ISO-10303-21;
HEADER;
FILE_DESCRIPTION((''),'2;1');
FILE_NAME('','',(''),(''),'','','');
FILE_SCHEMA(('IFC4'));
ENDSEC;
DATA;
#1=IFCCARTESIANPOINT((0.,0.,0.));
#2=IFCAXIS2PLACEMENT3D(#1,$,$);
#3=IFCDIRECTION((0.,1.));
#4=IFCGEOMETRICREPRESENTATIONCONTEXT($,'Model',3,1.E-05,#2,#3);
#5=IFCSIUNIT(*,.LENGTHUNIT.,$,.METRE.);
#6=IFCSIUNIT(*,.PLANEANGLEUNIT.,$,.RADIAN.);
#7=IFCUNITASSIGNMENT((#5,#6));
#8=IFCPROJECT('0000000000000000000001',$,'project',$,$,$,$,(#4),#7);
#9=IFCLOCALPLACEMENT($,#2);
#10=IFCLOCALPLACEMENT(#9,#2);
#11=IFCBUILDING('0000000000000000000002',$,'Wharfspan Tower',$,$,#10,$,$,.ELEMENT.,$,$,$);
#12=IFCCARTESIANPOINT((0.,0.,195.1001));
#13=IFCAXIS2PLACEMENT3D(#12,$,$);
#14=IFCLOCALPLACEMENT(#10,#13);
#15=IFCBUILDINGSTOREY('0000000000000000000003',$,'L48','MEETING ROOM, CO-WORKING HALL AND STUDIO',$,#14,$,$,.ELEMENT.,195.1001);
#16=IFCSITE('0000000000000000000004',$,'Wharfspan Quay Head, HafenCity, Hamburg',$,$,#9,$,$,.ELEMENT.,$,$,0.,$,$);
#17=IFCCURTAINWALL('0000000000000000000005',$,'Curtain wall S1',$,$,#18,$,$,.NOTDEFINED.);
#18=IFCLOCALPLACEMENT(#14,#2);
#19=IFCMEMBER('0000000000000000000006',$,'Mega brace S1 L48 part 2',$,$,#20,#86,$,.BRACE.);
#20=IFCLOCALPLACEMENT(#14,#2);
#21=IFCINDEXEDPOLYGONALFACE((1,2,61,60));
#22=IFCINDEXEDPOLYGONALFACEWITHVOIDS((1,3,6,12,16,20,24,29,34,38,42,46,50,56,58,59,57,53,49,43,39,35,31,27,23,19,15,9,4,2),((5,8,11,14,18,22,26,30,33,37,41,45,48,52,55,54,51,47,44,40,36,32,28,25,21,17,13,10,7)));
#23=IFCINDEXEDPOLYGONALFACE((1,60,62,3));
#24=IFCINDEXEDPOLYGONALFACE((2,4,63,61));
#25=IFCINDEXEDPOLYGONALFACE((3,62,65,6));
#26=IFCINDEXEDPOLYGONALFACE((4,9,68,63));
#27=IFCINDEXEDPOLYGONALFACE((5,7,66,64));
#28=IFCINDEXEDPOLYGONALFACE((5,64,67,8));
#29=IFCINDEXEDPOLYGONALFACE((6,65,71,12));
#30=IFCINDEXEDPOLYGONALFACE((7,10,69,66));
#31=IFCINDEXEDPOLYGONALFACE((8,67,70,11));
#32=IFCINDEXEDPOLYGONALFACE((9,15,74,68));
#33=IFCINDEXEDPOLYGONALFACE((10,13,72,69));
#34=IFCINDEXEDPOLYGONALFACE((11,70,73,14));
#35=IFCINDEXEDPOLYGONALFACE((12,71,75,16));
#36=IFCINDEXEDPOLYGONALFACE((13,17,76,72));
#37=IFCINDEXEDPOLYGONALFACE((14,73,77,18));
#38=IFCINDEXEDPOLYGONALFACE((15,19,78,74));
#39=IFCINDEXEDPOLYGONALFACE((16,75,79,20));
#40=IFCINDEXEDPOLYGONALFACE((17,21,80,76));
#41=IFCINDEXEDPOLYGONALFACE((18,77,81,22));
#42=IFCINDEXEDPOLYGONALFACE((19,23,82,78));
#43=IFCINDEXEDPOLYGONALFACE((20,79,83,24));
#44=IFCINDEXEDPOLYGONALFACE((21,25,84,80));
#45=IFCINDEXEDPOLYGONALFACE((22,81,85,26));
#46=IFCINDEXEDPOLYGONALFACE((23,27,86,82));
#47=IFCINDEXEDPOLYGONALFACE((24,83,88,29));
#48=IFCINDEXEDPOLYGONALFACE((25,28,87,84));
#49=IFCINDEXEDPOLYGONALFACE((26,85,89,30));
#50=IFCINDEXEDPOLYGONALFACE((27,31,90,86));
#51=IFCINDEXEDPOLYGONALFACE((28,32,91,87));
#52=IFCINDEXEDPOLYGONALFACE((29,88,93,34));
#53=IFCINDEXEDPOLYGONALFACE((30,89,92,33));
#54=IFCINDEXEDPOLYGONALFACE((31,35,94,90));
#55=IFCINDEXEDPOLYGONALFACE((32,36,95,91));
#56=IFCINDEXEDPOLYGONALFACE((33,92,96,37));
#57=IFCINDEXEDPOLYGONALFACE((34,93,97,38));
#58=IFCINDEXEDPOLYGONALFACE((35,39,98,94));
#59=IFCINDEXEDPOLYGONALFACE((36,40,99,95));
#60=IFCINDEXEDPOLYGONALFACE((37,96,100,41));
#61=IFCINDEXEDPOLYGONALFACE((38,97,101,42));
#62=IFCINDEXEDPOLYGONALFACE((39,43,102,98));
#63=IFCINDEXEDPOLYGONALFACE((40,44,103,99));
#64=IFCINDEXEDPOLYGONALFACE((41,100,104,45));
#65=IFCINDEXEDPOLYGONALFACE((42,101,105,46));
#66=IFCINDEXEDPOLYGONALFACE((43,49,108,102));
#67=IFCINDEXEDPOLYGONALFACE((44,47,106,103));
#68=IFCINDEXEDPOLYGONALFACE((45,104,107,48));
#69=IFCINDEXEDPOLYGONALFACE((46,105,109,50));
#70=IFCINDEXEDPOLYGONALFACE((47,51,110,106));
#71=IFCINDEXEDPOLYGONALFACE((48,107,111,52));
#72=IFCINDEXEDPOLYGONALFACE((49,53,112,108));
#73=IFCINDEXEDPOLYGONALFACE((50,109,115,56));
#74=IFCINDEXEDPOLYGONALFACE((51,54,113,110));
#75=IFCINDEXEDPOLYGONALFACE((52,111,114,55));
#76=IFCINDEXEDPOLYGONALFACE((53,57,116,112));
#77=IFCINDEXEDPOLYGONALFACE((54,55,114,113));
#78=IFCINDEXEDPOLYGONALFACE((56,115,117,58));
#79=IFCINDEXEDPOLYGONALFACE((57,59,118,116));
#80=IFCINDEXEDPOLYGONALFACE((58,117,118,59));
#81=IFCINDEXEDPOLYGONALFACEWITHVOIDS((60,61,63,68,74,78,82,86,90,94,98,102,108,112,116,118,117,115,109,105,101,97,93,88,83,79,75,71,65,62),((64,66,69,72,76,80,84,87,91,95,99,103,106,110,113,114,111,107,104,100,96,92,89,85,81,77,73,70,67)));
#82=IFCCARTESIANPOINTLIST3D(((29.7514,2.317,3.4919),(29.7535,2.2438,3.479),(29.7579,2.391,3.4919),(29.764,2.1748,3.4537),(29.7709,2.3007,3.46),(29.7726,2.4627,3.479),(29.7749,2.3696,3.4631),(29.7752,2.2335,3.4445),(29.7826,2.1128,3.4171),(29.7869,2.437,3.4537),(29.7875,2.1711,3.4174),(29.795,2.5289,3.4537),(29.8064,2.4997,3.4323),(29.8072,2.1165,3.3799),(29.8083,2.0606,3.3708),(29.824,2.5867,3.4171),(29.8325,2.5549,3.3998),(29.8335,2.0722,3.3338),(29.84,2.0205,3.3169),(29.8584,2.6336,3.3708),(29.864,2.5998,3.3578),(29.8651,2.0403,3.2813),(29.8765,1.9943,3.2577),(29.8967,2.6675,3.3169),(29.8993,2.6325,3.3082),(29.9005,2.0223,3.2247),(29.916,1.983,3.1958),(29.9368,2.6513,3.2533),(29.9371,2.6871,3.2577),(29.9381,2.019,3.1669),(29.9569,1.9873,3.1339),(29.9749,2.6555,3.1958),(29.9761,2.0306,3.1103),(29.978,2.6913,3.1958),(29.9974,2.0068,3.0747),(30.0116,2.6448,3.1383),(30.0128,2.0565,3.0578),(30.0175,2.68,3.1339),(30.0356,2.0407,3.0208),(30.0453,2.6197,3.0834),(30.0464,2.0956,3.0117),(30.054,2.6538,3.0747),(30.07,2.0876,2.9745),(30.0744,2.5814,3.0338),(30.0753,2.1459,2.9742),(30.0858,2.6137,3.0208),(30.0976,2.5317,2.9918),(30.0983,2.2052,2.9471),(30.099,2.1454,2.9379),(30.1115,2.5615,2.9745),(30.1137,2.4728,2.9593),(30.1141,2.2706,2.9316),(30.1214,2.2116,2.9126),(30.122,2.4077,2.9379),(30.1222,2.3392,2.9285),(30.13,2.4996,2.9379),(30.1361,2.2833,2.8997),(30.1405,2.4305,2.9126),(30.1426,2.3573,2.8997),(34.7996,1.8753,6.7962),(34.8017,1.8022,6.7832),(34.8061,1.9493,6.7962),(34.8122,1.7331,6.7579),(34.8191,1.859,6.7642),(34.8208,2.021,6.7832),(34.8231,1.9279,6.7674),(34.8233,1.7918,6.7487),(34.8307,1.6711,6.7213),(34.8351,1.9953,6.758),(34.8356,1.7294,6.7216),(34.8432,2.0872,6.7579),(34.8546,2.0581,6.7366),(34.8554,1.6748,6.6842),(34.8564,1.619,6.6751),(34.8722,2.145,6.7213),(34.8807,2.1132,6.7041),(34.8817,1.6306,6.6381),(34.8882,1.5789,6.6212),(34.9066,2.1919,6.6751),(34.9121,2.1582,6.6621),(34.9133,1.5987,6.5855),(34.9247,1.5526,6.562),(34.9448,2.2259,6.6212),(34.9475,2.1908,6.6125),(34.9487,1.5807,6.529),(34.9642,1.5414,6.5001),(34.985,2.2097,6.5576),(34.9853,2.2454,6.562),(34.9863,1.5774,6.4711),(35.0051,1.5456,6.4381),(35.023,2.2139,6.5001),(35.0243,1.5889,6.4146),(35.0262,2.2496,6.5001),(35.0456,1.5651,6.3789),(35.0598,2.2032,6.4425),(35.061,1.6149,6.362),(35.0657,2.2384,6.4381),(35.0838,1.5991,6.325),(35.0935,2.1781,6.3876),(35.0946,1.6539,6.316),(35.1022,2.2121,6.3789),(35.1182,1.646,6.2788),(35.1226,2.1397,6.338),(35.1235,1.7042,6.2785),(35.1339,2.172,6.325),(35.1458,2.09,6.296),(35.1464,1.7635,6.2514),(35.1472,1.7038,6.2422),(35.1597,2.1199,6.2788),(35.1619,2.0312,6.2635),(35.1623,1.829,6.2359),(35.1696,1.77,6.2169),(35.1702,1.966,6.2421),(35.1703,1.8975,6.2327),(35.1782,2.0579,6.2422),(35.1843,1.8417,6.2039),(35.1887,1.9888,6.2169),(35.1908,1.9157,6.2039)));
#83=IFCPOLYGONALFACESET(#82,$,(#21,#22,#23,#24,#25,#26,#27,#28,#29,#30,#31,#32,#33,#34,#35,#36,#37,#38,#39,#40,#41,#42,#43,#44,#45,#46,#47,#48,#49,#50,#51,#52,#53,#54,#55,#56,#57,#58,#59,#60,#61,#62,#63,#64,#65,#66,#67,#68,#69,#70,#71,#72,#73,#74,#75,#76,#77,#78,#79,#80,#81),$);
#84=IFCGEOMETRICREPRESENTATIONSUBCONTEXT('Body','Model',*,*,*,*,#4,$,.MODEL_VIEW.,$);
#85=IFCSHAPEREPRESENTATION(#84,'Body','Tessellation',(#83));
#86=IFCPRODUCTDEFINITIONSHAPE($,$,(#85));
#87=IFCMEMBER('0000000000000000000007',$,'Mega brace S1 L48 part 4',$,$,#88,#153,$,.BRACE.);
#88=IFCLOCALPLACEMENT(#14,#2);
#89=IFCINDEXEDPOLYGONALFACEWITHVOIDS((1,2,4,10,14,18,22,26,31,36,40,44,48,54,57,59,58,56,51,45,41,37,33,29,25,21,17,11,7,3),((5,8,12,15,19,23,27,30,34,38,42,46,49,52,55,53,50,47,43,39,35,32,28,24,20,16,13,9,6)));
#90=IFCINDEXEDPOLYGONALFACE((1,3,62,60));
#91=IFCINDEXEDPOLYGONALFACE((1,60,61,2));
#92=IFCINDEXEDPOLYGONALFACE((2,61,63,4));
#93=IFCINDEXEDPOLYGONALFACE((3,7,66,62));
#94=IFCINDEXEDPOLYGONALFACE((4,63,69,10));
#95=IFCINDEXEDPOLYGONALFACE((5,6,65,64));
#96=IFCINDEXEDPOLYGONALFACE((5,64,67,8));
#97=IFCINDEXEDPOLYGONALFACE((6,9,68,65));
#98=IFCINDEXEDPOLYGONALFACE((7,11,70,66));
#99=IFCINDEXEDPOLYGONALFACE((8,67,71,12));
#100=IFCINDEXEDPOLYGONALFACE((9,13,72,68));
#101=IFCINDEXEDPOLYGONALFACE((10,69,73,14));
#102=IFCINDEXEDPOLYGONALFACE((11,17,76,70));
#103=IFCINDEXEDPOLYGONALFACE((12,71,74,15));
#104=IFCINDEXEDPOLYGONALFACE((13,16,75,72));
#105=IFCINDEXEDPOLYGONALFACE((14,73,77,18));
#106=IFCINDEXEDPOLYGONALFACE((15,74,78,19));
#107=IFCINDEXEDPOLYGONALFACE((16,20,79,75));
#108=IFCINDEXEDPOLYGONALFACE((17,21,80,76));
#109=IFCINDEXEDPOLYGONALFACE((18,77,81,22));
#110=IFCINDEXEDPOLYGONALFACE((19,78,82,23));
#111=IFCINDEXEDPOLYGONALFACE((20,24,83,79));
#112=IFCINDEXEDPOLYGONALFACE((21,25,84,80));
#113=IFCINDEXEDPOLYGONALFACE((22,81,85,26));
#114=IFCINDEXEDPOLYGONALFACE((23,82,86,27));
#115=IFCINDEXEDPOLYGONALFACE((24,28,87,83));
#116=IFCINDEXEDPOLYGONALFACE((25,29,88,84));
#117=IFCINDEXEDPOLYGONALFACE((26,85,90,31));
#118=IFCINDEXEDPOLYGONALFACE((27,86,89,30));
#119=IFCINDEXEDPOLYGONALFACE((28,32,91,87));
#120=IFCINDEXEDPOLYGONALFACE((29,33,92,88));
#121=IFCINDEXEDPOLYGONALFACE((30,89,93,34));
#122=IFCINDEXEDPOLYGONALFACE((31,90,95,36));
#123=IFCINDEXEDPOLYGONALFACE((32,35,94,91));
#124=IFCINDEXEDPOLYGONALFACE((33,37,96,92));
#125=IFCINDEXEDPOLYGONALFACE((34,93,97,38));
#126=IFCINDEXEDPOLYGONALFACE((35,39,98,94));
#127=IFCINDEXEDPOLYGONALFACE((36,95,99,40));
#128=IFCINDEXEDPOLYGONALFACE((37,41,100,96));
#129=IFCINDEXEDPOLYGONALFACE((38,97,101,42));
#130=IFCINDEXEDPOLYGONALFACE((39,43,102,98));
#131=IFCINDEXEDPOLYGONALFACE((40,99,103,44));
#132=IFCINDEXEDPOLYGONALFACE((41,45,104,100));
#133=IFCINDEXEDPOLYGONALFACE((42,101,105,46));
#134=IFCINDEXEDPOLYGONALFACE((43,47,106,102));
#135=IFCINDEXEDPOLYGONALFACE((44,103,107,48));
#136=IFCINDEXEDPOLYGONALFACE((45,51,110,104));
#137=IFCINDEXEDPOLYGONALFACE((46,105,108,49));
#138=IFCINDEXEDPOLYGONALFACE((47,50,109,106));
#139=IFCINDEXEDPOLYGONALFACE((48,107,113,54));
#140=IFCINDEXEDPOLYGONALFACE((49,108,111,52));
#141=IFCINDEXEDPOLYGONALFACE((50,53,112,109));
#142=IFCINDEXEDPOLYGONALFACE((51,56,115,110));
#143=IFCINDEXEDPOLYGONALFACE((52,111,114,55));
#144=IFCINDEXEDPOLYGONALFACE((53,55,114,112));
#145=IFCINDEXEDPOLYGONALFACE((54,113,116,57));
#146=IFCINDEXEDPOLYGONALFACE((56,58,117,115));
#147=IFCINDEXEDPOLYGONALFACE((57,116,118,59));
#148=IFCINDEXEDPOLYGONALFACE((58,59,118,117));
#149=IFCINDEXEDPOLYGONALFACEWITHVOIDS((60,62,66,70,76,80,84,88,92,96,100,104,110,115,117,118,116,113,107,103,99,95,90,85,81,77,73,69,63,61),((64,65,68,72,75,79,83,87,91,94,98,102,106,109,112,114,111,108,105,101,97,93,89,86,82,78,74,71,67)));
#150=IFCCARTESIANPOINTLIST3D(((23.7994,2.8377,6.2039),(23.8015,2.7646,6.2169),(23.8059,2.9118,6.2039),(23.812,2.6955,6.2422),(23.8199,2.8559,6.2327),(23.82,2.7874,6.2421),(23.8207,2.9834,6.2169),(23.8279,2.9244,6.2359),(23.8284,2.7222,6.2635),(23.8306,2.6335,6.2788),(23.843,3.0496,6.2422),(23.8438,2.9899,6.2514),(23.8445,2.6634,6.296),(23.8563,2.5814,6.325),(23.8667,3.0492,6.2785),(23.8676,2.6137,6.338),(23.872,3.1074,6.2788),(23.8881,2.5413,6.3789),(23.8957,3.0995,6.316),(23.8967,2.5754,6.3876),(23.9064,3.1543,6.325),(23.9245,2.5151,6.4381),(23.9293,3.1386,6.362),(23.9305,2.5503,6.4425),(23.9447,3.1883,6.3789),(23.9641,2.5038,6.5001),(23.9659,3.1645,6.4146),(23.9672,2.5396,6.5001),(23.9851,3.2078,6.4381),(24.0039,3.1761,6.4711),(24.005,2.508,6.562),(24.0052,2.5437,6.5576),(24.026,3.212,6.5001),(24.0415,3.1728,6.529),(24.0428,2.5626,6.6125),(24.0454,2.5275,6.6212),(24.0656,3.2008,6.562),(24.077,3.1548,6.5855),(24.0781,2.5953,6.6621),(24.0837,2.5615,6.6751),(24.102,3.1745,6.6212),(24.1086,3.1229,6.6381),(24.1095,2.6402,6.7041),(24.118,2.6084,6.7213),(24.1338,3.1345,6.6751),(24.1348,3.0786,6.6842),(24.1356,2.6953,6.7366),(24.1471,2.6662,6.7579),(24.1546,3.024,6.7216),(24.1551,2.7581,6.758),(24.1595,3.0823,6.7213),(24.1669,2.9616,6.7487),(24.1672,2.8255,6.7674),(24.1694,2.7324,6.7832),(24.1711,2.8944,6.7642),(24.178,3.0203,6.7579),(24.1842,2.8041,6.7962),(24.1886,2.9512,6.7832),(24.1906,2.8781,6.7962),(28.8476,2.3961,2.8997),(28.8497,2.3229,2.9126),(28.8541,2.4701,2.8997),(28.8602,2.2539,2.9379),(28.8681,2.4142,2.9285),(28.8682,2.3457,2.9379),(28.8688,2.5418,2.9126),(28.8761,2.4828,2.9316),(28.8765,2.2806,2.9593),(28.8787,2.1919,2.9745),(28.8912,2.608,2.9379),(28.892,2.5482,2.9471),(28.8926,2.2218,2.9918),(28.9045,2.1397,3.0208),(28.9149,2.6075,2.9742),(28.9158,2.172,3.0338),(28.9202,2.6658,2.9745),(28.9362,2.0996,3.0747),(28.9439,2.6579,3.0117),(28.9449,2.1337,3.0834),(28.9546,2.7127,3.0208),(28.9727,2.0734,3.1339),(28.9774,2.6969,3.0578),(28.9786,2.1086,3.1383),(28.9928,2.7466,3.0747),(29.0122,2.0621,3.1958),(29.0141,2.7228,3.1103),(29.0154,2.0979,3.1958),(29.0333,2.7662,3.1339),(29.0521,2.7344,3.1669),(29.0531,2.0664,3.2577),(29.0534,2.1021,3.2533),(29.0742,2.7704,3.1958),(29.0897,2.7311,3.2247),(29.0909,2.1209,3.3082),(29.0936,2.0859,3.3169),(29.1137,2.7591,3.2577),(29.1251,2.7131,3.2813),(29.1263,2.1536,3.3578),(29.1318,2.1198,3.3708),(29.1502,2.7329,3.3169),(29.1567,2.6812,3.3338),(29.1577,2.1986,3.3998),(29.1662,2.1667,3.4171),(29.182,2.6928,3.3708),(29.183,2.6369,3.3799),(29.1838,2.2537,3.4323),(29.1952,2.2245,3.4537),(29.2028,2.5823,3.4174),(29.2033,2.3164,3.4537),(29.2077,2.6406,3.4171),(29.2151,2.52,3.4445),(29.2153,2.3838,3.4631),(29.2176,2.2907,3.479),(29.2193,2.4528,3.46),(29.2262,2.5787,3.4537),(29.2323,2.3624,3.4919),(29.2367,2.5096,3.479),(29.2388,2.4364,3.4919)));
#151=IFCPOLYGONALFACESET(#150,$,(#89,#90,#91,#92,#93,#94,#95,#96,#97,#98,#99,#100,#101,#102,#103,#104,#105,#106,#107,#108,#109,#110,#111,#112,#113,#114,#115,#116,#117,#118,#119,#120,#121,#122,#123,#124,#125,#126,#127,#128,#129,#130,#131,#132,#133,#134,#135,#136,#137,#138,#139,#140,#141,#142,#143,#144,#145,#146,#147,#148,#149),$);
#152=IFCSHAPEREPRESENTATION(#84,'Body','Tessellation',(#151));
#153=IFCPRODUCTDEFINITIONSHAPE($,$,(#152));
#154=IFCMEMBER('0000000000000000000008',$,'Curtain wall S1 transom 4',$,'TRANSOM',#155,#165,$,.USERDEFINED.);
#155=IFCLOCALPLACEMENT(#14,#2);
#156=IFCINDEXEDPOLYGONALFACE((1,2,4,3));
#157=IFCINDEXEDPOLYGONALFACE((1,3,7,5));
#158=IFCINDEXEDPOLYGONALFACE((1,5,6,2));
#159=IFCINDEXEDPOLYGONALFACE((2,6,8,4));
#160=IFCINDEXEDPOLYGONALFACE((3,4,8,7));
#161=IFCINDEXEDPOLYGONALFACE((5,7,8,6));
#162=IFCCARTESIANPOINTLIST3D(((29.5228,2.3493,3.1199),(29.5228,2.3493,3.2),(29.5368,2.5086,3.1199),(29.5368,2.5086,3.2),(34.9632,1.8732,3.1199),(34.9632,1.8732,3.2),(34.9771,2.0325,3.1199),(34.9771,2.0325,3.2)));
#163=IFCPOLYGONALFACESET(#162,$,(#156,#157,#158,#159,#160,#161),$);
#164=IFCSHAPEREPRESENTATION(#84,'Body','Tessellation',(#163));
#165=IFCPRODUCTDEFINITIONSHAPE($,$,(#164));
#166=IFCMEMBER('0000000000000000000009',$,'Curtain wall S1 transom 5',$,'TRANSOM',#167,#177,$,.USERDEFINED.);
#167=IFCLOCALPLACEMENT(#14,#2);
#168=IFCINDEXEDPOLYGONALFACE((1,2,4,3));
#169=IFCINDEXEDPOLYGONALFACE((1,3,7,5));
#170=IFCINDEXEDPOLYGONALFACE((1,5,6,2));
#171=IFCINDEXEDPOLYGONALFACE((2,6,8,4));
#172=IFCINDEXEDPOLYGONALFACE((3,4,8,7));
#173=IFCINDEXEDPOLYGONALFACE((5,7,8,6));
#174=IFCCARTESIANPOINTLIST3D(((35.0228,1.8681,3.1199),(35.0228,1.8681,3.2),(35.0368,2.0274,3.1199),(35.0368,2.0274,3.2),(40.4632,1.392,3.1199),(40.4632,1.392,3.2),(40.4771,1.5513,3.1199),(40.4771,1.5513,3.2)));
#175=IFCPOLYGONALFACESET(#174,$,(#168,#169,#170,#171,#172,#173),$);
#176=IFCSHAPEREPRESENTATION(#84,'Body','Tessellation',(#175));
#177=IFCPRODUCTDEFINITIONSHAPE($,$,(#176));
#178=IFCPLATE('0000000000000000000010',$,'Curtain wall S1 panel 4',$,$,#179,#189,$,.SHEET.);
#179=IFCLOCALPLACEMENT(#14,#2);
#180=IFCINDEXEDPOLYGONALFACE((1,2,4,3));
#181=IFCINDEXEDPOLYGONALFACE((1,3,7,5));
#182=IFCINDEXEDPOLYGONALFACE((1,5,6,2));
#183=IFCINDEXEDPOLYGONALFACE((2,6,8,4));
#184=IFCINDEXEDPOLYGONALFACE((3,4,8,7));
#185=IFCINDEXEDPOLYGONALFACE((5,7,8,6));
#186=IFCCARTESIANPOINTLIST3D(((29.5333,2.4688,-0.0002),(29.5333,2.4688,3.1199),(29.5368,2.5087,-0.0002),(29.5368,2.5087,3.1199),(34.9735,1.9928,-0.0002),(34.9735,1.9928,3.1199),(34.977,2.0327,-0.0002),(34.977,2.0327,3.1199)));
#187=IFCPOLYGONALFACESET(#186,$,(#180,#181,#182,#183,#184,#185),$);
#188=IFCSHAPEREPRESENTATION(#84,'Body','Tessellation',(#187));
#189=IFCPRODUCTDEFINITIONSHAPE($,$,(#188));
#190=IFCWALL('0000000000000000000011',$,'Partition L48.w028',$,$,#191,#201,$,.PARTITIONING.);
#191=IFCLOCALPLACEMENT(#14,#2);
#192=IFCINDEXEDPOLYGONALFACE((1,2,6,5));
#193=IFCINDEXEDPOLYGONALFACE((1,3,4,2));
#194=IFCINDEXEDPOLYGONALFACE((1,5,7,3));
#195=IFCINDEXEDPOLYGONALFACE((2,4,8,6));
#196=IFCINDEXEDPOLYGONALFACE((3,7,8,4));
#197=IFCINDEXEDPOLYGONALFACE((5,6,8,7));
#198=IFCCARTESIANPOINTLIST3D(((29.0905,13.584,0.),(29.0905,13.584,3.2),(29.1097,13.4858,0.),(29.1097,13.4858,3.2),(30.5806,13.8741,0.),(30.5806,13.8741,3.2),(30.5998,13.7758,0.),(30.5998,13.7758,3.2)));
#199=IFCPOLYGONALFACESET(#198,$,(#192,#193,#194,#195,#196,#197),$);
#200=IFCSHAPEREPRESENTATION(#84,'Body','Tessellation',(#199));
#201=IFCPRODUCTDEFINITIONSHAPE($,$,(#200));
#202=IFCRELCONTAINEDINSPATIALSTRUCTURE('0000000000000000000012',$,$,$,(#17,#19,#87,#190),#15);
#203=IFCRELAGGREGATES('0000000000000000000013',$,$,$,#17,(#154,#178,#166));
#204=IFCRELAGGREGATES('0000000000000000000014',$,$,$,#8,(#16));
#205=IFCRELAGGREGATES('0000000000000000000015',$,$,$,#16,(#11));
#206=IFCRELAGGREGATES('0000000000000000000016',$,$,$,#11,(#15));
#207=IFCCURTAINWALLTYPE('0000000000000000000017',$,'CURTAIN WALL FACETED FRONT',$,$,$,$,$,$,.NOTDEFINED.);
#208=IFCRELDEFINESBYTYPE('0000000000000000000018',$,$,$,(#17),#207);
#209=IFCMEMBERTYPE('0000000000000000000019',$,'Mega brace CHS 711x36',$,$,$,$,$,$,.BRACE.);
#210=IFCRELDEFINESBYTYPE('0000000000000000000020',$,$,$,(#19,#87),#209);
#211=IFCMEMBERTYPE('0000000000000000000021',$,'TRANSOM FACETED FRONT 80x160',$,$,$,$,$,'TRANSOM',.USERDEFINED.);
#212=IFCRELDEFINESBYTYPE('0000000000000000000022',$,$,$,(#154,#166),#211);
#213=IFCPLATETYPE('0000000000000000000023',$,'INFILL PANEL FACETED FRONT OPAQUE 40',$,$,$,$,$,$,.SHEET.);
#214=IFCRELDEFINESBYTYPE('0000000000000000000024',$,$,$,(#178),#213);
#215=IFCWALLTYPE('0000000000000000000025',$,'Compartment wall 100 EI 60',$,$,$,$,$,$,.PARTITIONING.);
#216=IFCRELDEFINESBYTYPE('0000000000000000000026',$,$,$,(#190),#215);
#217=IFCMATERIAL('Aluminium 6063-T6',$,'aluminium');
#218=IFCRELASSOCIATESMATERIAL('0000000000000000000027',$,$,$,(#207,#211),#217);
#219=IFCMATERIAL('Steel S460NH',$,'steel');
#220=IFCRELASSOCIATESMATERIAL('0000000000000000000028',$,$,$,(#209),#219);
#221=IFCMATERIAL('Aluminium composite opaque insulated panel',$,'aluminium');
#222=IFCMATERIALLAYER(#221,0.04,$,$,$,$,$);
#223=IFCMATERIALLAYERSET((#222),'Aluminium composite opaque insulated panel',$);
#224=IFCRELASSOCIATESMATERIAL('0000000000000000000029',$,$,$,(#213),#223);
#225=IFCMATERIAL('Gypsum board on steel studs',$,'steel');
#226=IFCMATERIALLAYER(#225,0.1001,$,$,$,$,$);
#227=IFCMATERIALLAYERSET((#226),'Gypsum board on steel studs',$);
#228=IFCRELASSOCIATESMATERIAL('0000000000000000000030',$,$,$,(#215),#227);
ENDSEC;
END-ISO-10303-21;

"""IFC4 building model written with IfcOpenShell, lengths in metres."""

from ifc_helpers import new_model, si_unit, direction, frame, frame_2d, origin, origin_2d, place, context, subcontext, project, spatial, rectangle, hollow_circle, extrude, material, layer, layer_set, material_profile, profile_set, type_object, element, aggregate, save


model = new_model("IFC4")

# Units and contexts
model_context = context("Model", 3, precision=1e-05, world=origin(), true_north=direction((0.0, 1.0)))
body_context = subcontext(model_context, "Body", "Model", "MODEL_VIEW")
ifc_project = project(units=[si_unit("LENGTHUNIT", "METRE"), si_unit("PLANEANGLEUNIT", "RADIAN")], contexts=[model_context])

# Site, building, storey
site_placement = place(None, origin())
site = spatial("IfcSite", under=ifc_project, at=site_placement, Name="Wharfspan Quay Head, HafenCity, Hamburg", CompositionType="ELEMENT", RefElevation=0.0)
building_placement = place(site_placement, origin())
building = spatial("IfcBuilding", under=site, at=building_placement, Name="Wharfspan Tower", CompositionType="ELEMENT")
storey_placement = place(building_placement, frame((0.0, 0.0, 195.1001)))
storey = spatial("IfcBuildingStorey", under=building, at=storey_placement, Name="L48", Description="MEETING ROOM, CO-WORKING HALL AND STUDIO", CompositionType="ELEMENT", Elevation=195.1001)

# Curtain wall
ifc_material_1 = material(Name="Aluminium 6063-T6", Category="aluminium")
curtain_wall_type = type_object("IfcCurtainWallType", Name="CURTAIN WALL FACETED FRONT", PredefinedType="NOTDEFINED", material=ifc_material_1)
curtain_wall_placement = place(storey_placement, origin())
curtain_wall = element("IfcCurtainWall", 1, at=curtain_wall_placement, inside=storey, type_object=curtain_wall_type, Name="Curtain wall S1", PredefinedType="NOTDEFINED")

# Members
ifc_material_2 = material(Name="Steel S460NH", Category="steel")
ifc_material_profile_1 = material_profile(ifc_material_2, hollow_circle(Radius=0.3555, WallThickness=0.0359, at=origin_2d()))
ifc_profile_set_1 = profile_set([ifc_material_profile_1], Name="Steel S460NH")
member_type_1 = type_object("IfcMemberType", Name="Mega brace CHS 711x36", PredefinedType="BRACE", material=ifc_profile_set_1)
for number, where, z_axis, x_axis, name in (
    (2, (29.947, 2.3372, 3.1958), (0.834469, -0.073006, 0.546197), (0.087156, 0.996198, -0.000001), "Mega brace S1 L48 part 2"),
    (3, (29.0432, 2.4163, 3.1958), (-0.834469, 0.073006, 0.546197), (-0.087156, -0.996198, -0.000001), "Mega brace S1 L48 part 4"),
):
    element("IfcMember", number, at=place(storey_placement, frame(where, z_axis=z_axis, x_axis=x_axis)), inside=storey, type_object=member_type_1, Name=name, PredefinedType="BRACE", context=body_context, shape_type="SweptSolid", body=[
        extrude(hollow_circle(Radius=0.3555, WallThickness=0.0359, at=origin_2d()), origin(), (0.0, 0.0, 1.0), 6.0496),
    ])

# Members
ifc_material_profile_2 = material_profile(ifc_material_1, rectangle(XDim=0.1599, YDim=0.0801, at=origin_2d()))
ifc_profile_set_2 = profile_set([ifc_material_profile_2], Name="Aluminium 6063-T6")
member_type_2 = type_object("IfcMemberType", Name="TRANSOM FACETED FRONT 80x160", ElementType="TRANSOM", PredefinedType="USERDEFINED", material=ifc_profile_set_2)
member_1_placement = place(storey_placement, frame((29.5298, 2.429, 3.1599), z_axis=(0.996193, -0.087174, 0.0), x_axis=(0.087174, 0.996193, 0.0)))
member_1 = element("IfcMember", 4, at=member_1_placement, type_object=member_type_2, Name="Curtain wall S1 transom 4", ObjectType="TRANSOM", PredefinedType="USERDEFINED", context=body_context, shape_type="SweptSolid", body=[
    extrude(rectangle(XDim=0.1599, YDim=0.0801, at=origin_2d()), origin(), (0.0, 0.0, 1.0), 5.4612),
])
member_2_placement = place(storey_placement, frame((35.0298, 1.9478, 3.1599), z_axis=(0.996193, -0.087174, 0.0), x_axis=(0.087174, 0.996193, 0.0)))
member_2 = element("IfcMember", 5, at=member_2_placement, type_object=member_type_2, Name="Curtain wall S1 transom 5", ObjectType="TRANSOM", PredefinedType="USERDEFINED", context=body_context, shape_type="SweptSolid", body=[
    extrude(rectangle(XDim=0.1599, YDim=0.0801, at=origin_2d()), origin(), (0.0, 0.0, 1.0), 5.4612),
])

# Plate
ifc_material_3 = material(Name="Aluminium composite opaque insulated panel", Category="aluminium")
ifc_layer_1 = layer(ifc_material_3, 0.04)
ifc_layer_set_1 = layer_set([ifc_layer_1], Name="Aluminium composite opaque insulated panel")
plate_type = type_object("IfcPlateType", Name="INFILL PANEL FACETED FRONT OPAQUE 40", PredefinedType="SHEET", material=ifc_layer_set_1)
plate_placement = place(storey_placement, frame((32.2551, 2.2507, -0.0002), z_axis=(0.0, 0.0, 1.0), x_axis=(0.996198, -0.087156, 0.0)))
plate = element("IfcPlate", 6, at=plate_placement, type_object=plate_type, Name="Curtain wall S1 panel 4", PredefinedType="SHEET", context=body_context, shape_type="SweptSolid", body=[
    extrude(rectangle(XDim=5.4609, YDim=0.04, at=origin_2d()), origin(), (0.0, 0.0, 1.0), 3.1201),
])
aggregate(curtain_wall, [member_1, plate, member_2])

# Wall
ifc_material_4 = material(Name="Gypsum board on steel studs", Category="steel")
ifc_layer_2 = layer(ifc_material_4, 0.1001)
ifc_layer_set_2 = layer_set([ifc_layer_2], Name="Gypsum board on steel studs")
wall_type_1 = type_object("IfcWallType", Name="Compartment wall 100 EI 60", PredefinedType="PARTITIONING", material=ifc_layer_set_2)
wall_1_placement = place(storey_placement, frame((29.1001, 13.5349, 0.0), z_axis=(0.0, 0.0, 1.0), x_axis=(0.981576, 0.191072, 0.0)))
element("IfcWall", 7, at=wall_1_placement, inside=storey, type_object=wall_type_1, Name="Partition L48.w028", PredefinedType="PARTITIONING", context=body_context, shape_type="SweptSolid", body=[
    extrude(rectangle(XDim=1.5181, YDim=0.1001, at=frame_2d((0.759, 0.0))), origin(), (0.0, 0.0, 1.0), 3.2),
])

save(model, "model.ifc")
